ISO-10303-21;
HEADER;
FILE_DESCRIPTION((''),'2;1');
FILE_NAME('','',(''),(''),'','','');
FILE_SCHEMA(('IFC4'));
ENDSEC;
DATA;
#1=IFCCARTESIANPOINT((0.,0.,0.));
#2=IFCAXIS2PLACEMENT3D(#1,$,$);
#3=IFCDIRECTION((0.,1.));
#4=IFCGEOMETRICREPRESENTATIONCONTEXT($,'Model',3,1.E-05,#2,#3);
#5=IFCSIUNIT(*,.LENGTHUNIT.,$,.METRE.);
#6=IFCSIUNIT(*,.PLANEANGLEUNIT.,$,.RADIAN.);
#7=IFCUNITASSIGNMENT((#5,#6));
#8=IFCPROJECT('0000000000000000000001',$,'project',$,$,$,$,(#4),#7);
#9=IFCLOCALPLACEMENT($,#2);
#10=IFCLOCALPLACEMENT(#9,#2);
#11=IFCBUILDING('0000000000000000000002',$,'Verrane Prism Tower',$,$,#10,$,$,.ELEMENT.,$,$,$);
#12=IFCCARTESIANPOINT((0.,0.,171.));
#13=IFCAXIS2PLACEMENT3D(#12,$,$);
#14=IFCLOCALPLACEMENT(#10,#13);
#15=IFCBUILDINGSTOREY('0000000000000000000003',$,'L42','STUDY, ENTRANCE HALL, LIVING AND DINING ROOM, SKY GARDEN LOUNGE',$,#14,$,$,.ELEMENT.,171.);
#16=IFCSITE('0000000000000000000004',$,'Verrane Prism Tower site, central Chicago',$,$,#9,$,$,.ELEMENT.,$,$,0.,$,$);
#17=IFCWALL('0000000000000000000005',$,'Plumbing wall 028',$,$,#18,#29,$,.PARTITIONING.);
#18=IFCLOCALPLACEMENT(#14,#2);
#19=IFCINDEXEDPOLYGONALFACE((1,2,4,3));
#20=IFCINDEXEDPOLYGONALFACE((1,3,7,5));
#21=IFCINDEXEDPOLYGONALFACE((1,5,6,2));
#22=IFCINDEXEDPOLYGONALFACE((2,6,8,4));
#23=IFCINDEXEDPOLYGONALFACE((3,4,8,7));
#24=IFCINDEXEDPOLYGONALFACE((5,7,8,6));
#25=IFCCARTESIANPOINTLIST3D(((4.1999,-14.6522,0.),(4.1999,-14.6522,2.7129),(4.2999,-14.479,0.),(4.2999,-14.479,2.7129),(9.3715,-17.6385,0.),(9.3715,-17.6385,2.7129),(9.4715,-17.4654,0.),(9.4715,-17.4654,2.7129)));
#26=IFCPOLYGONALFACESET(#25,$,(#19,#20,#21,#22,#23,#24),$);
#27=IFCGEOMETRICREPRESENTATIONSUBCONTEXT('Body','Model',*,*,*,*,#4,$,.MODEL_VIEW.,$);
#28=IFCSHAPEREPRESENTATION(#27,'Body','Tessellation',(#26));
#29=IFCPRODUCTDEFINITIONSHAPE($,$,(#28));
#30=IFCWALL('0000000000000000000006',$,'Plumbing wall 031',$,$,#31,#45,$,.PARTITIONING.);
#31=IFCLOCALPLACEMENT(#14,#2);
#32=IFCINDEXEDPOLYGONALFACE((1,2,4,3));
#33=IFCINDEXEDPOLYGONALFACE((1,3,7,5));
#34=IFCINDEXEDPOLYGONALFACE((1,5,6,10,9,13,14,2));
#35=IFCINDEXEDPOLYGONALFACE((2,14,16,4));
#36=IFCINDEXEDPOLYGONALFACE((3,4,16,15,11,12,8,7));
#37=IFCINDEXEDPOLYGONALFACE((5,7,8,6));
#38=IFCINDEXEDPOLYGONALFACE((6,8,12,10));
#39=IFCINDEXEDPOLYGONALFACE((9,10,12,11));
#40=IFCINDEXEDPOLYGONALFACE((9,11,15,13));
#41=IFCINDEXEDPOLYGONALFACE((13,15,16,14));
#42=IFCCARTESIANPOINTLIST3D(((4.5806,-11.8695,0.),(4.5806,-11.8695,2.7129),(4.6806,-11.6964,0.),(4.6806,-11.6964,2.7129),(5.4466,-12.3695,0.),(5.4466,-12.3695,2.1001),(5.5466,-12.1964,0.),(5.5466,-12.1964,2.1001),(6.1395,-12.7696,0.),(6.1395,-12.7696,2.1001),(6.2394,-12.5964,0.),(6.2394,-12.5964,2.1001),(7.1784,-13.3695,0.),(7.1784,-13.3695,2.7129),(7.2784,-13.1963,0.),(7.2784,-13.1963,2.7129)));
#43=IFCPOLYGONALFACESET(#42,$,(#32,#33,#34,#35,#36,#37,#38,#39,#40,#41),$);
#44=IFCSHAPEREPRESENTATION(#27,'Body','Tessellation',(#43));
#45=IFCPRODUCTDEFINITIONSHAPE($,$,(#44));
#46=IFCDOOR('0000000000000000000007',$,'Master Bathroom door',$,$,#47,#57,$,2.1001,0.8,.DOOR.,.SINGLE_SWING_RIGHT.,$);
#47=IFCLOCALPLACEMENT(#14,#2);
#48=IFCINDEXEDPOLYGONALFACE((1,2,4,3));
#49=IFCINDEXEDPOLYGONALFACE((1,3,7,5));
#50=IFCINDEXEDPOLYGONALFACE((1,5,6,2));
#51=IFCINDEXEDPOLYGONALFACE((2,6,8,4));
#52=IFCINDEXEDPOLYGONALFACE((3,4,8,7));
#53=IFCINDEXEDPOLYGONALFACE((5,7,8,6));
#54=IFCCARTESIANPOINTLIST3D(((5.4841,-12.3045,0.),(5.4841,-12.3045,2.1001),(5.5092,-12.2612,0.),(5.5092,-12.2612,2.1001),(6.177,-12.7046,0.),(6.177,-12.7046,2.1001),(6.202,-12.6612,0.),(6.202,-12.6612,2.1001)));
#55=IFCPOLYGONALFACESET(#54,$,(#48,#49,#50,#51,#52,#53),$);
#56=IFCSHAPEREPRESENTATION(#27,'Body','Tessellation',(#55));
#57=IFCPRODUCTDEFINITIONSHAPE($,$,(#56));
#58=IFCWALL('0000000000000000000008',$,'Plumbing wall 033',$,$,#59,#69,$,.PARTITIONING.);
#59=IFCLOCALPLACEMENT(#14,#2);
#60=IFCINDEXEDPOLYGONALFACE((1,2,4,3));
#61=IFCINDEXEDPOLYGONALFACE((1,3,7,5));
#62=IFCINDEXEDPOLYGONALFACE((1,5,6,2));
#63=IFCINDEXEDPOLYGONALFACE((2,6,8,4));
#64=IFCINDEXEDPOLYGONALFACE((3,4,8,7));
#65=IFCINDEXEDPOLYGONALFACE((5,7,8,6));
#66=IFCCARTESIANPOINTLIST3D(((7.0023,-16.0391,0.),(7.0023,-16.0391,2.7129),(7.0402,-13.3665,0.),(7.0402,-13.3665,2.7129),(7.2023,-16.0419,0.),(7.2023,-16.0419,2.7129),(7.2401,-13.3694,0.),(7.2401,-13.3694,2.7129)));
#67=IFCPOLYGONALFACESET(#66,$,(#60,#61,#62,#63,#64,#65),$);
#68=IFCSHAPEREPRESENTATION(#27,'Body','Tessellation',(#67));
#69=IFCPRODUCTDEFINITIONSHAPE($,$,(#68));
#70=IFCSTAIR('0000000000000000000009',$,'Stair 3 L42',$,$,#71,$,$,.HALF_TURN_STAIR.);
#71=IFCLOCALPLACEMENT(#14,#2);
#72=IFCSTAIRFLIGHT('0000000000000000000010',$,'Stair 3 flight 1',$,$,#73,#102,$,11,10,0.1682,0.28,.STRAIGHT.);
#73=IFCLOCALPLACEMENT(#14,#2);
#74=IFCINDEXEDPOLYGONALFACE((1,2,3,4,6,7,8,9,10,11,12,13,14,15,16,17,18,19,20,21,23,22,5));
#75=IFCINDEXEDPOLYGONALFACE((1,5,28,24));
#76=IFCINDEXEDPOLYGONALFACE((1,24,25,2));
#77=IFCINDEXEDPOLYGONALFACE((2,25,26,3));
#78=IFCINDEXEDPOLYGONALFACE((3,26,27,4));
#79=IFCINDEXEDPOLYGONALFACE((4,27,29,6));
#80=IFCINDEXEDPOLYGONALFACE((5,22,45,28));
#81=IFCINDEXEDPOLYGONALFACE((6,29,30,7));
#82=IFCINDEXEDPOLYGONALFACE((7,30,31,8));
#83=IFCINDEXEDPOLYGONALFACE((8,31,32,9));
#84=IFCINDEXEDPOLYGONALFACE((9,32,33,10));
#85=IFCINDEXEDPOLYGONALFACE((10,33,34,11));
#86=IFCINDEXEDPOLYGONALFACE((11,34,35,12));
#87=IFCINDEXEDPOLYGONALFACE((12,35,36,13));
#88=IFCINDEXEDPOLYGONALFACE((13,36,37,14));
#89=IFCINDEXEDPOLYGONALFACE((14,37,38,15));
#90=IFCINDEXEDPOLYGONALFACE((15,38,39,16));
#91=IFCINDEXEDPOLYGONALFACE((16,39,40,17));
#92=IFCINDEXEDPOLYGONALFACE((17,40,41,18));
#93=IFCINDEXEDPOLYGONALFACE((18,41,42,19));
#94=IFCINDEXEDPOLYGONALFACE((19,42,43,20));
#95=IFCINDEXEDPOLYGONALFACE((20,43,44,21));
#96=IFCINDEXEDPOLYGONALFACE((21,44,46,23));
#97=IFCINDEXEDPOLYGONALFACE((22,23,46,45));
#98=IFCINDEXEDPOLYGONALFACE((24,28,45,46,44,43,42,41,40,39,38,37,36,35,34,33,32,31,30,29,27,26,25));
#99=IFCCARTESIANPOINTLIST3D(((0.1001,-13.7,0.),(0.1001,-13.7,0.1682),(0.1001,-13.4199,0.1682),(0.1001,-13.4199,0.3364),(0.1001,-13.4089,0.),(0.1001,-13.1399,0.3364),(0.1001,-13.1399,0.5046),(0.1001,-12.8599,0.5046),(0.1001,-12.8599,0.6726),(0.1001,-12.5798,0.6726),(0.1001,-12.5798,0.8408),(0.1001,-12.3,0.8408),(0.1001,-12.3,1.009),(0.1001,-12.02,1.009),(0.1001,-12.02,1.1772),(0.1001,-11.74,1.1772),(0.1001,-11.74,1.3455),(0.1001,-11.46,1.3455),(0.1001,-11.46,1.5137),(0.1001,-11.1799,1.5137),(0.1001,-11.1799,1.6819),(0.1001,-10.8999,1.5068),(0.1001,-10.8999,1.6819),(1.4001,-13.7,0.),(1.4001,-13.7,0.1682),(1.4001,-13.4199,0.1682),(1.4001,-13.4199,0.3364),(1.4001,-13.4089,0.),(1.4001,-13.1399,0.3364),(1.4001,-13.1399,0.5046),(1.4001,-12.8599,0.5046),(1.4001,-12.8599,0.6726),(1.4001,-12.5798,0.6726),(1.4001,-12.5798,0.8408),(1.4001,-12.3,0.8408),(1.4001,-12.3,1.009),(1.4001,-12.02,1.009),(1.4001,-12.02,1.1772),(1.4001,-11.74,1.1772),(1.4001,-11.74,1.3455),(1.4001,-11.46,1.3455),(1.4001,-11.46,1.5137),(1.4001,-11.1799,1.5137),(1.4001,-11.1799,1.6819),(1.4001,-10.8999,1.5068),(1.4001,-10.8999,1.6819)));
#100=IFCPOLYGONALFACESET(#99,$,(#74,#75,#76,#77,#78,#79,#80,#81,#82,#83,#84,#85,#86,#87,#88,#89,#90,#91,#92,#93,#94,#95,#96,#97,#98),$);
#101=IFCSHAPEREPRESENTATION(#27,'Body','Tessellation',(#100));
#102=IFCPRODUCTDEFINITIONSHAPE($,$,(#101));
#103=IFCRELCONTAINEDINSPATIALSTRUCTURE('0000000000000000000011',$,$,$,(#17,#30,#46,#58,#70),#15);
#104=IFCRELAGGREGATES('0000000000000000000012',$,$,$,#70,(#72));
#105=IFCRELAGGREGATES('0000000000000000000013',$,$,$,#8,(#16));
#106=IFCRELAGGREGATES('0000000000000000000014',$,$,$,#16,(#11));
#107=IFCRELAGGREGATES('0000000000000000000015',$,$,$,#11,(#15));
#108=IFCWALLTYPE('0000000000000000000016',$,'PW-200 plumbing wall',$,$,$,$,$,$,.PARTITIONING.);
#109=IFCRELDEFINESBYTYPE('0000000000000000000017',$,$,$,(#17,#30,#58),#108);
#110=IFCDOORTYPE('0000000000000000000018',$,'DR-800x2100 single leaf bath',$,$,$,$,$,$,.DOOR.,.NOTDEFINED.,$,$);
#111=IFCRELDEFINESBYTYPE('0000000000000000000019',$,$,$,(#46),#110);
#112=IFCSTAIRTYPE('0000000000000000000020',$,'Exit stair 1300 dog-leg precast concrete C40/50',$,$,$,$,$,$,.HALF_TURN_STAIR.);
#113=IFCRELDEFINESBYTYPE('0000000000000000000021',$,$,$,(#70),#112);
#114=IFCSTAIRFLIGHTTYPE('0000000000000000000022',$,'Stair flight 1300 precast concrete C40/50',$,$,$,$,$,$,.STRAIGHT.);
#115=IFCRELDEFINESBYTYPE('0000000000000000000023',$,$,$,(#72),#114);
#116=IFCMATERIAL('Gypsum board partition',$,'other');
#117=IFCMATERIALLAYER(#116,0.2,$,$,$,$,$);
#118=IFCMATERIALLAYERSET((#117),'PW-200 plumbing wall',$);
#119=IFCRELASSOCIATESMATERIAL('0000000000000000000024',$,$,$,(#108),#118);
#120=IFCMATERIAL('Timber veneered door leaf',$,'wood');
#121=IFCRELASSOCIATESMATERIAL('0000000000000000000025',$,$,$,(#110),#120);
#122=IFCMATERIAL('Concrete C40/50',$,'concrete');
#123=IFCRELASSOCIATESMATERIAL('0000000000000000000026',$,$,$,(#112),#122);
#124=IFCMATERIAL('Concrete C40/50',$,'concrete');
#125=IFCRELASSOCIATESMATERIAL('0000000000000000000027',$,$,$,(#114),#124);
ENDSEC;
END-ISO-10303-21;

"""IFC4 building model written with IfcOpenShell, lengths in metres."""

from ifc_helpers import new_model, si_unit, direction, frame, frame_2d, origin, place, context, subcontext, project, spatial, polyline, rectangle, outline, extrude, material, layer, layer_set, type_object, element, fill, aggregate, save


model = new_model("IFC4")

# Units and contexts
model_context = context("Model", 3, precision=1e-05, world=origin(), true_north=direction((0.0, 1.0)))
body_context = subcontext(model_context, "Body", "Model", "MODEL_VIEW")
ifc_project = project(units=[si_unit("LENGTHUNIT", "METRE"), si_unit("PLANEANGLEUNIT", "RADIAN")], contexts=[model_context])

# Site, building, storey
site_placement = place(None, origin())
site = spatial("IfcSite", under=ifc_project, at=site_placement, Name="Verrane Prism Tower site, central Chicago", CompositionType="ELEMENT", RefElevation=0.0)
building_placement = place(site_placement, origin())
building = spatial("IfcBuilding", under=site, at=building_placement, Name="Verrane Prism Tower", CompositionType="ELEMENT")
storey_placement = place(building_placement, frame((0.0, 0.0, 171.0)))
storey = spatial("IfcBuildingStorey", under=building, at=storey_placement, Name="L42", Description="STUDY, ENTRANCE HALL, LIVING AND DINING ROOM, SKY GARDEN LOUNGE", CompositionType="ELEMENT", Elevation=171.0)

# Shared definitions
ifc_material_1 = material(Name="Gypsum board partition", Category="other")
ifc_layer_1 = layer(ifc_material_1, 0.2)
ifc_layer_set_1 = layer_set([ifc_layer_1], Name="PW-200 plumbing wall")
wall_type_1 = type_object("IfcWallType", Name="PW-200 plumbing wall", PredefinedType="PARTITIONING", material=ifc_layer_set_1)

# Wall
wall_1_placement = place(storey_placement, frame((4.25, -14.5657, 0.0), z_axis=(0.0, 0.0, 1.0), x_axis=(0.86599, -0.500061, 0.0)))
element("IfcWall", 1, at=wall_1_placement, inside=storey, type_object=wall_type_1, Name="Plumbing wall 028", PredefinedType="PARTITIONING", context=body_context, shape_type="SweptSolid", body=[
    extrude(rectangle(XDim=5.9719, YDim=0.2, at=frame_2d((2.9858, 0.0))), origin(), (0.0, 0.0, 1.0), 2.7129),
])

# Wall, opening, door
wall_2_placement = place(storey_placement, frame((7.2285, -13.283, 0.0), z_axis=(0.0, 0.0, 1.0), x_axis=(-0.866011, 0.500025, 0.0)))
wall_2 = element("IfcWall", 2, at=wall_2_placement, inside=storey, type_object=wall_type_1, Name="Plumbing wall 031", PredefinedType="PARTITIONING", context=body_context, shape_type="SweptSolid", body=[
    extrude(rectangle(XDim=2.9998, YDim=0.2, at=frame_2d((1.5, 0.0))), origin(), (0.0, 0.0, 1.0), 2.7129),
])
opening_1_placement = place(wall_2_placement, frame((1.2, 0.0, 0.0)))
opening_1 = element("IfcOpeningElement", 3, at=opening_1_placement, cuts=wall_2, PredefinedType="OPENING", context=body_context, shape_type="SweptSolid", body=[
    extrude(rectangle(XDim=0.8, YDim=2.1001, at=frame_2d((0.3999, 1.05))), frame((0.0, 0.1099, 0.0), z_axis=(0.0, -1.0, 0.0), x_axis=(1.0, 0.0, 0.0)), (0.0, 0.0, 1.0), 0.22),
])
ifc_material_2 = material(Name="Timber veneered door leaf", Category="wood")
door_type_1 = type_object("IfcDoorType", Name="DR-800x2100 single leaf bath", OperationType="NOTDEFINED", PredefinedType="DOOR", material=ifc_material_2)
door_1_placement = place(opening_1_placement, origin())
door_1 = element("IfcDoor", 4, at=door_1_placement, inside=storey, type_object=door_type_1, Name="Master Bathroom door", OperationType="SINGLE_SWING_RIGHT", OverallHeight=2.1001, OverallWidth=0.8, PredefinedType="DOOR", context=body_context, shape_type="SweptSolid", body=[
    extrude(rectangle(XDim=0.8, YDim=2.1001, at=frame_2d((0.3999, 1.05))), frame((0.0, 0.0249, 0.0), z_axis=(0.0, -1.0, 0.0), x_axis=(1.0, 0.0, 0.0)), (0.0, 0.0, 1.0), 0.05),
])
fill(opening_1, door_1)

# Wall
wall_3_placement = place(storey_placement, frame((7.1023, -16.0405, 0.0), z_axis=(0.0, 0.0, 1.0), x_axis=(0.014158, 0.9999, 0.0)))
element("IfcWall", 5, at=wall_3_placement, inside=storey, type_object=wall_type_1, Name="Plumbing wall 033", PredefinedType="PARTITIONING", context=body_context, shape_type="SweptSolid", body=[
    extrude(rectangle(XDim=2.6729, YDim=0.2, at=frame_2d((1.3364, 0.0))), origin(), (0.0, 0.0, 1.0), 2.7129),
])

# Stair, stair flight
ifc_material_3 = material(Name="Concrete C40/50", Category="concrete")
stair_type = type_object("IfcStairType", Name="Exit stair 1300 dog-leg precast concrete C40/50", PredefinedType="HALF_TURN_STAIR", material=ifc_material_3)
stair_placement = place(storey_placement, origin())
stair = element("IfcStair", 6, at=stair_placement, inside=storey, type_object=stair_type, Name="Stair 3 L42", PredefinedType="HALF_TURN_STAIR")
ifc_material_4 = material(Name="Concrete C40/50", Category="concrete")
stair_flight_type = type_object("IfcStairFlightType", Name="Stair flight 1300 precast concrete C40/50", PredefinedType="STRAIGHT", material=ifc_material_4)
stair_flight_placement = place(storey_placement, frame((0.75, -13.7, 0.0), z_axis=(0.0, 0.0, 1.0), x_axis=(0.0, 1.0, 0.0)))
stair_flight = element("IfcStairFlight", 7, at=stair_flight_placement, type_object=stair_flight_type, Name="Stair 3 flight 1", NumberOfRisers=11, NumberOfTreads=10, PredefinedType="STRAIGHT", RiserHeight=0.1682, TreadLength=0.28, context=body_context, shape_type="SweptSolid", body=[
    extrude(outline(polyline([(0.0, 0.0), (0.0, 0.1682), (0.28, 0.1682), (0.28, 0.3364), (0.5601, 0.3364), (0.5601, 0.5046), (0.8401, 0.5046), (0.8401, 0.6726), (1.1201, 0.6726), (1.1201, 0.8408), (1.3999, 0.8408), (1.3999, 1.009), (1.6799, 1.009), (1.6799, 1.1772), (1.96, 1.1772), (1.96, 1.3455), (2.24, 1.3455), (2.24, 1.5137), (2.52, 1.5137), (2.52, 1.6819), (2.8, 1.6819), (2.8, 1.8501), (2.8, 1.5068), (0.291, 0.0), (0.0, 0.0)])), frame((0.0, 0.6499, 0.0), z_axis=(0.0, -1.0, 0.0), x_axis=(1.0, 0.0, 0.0)), (0.0, 0.0, 1.0), 1.3),
])
aggregate(stair, [stair_flight])

save(model, "model.ifc")
